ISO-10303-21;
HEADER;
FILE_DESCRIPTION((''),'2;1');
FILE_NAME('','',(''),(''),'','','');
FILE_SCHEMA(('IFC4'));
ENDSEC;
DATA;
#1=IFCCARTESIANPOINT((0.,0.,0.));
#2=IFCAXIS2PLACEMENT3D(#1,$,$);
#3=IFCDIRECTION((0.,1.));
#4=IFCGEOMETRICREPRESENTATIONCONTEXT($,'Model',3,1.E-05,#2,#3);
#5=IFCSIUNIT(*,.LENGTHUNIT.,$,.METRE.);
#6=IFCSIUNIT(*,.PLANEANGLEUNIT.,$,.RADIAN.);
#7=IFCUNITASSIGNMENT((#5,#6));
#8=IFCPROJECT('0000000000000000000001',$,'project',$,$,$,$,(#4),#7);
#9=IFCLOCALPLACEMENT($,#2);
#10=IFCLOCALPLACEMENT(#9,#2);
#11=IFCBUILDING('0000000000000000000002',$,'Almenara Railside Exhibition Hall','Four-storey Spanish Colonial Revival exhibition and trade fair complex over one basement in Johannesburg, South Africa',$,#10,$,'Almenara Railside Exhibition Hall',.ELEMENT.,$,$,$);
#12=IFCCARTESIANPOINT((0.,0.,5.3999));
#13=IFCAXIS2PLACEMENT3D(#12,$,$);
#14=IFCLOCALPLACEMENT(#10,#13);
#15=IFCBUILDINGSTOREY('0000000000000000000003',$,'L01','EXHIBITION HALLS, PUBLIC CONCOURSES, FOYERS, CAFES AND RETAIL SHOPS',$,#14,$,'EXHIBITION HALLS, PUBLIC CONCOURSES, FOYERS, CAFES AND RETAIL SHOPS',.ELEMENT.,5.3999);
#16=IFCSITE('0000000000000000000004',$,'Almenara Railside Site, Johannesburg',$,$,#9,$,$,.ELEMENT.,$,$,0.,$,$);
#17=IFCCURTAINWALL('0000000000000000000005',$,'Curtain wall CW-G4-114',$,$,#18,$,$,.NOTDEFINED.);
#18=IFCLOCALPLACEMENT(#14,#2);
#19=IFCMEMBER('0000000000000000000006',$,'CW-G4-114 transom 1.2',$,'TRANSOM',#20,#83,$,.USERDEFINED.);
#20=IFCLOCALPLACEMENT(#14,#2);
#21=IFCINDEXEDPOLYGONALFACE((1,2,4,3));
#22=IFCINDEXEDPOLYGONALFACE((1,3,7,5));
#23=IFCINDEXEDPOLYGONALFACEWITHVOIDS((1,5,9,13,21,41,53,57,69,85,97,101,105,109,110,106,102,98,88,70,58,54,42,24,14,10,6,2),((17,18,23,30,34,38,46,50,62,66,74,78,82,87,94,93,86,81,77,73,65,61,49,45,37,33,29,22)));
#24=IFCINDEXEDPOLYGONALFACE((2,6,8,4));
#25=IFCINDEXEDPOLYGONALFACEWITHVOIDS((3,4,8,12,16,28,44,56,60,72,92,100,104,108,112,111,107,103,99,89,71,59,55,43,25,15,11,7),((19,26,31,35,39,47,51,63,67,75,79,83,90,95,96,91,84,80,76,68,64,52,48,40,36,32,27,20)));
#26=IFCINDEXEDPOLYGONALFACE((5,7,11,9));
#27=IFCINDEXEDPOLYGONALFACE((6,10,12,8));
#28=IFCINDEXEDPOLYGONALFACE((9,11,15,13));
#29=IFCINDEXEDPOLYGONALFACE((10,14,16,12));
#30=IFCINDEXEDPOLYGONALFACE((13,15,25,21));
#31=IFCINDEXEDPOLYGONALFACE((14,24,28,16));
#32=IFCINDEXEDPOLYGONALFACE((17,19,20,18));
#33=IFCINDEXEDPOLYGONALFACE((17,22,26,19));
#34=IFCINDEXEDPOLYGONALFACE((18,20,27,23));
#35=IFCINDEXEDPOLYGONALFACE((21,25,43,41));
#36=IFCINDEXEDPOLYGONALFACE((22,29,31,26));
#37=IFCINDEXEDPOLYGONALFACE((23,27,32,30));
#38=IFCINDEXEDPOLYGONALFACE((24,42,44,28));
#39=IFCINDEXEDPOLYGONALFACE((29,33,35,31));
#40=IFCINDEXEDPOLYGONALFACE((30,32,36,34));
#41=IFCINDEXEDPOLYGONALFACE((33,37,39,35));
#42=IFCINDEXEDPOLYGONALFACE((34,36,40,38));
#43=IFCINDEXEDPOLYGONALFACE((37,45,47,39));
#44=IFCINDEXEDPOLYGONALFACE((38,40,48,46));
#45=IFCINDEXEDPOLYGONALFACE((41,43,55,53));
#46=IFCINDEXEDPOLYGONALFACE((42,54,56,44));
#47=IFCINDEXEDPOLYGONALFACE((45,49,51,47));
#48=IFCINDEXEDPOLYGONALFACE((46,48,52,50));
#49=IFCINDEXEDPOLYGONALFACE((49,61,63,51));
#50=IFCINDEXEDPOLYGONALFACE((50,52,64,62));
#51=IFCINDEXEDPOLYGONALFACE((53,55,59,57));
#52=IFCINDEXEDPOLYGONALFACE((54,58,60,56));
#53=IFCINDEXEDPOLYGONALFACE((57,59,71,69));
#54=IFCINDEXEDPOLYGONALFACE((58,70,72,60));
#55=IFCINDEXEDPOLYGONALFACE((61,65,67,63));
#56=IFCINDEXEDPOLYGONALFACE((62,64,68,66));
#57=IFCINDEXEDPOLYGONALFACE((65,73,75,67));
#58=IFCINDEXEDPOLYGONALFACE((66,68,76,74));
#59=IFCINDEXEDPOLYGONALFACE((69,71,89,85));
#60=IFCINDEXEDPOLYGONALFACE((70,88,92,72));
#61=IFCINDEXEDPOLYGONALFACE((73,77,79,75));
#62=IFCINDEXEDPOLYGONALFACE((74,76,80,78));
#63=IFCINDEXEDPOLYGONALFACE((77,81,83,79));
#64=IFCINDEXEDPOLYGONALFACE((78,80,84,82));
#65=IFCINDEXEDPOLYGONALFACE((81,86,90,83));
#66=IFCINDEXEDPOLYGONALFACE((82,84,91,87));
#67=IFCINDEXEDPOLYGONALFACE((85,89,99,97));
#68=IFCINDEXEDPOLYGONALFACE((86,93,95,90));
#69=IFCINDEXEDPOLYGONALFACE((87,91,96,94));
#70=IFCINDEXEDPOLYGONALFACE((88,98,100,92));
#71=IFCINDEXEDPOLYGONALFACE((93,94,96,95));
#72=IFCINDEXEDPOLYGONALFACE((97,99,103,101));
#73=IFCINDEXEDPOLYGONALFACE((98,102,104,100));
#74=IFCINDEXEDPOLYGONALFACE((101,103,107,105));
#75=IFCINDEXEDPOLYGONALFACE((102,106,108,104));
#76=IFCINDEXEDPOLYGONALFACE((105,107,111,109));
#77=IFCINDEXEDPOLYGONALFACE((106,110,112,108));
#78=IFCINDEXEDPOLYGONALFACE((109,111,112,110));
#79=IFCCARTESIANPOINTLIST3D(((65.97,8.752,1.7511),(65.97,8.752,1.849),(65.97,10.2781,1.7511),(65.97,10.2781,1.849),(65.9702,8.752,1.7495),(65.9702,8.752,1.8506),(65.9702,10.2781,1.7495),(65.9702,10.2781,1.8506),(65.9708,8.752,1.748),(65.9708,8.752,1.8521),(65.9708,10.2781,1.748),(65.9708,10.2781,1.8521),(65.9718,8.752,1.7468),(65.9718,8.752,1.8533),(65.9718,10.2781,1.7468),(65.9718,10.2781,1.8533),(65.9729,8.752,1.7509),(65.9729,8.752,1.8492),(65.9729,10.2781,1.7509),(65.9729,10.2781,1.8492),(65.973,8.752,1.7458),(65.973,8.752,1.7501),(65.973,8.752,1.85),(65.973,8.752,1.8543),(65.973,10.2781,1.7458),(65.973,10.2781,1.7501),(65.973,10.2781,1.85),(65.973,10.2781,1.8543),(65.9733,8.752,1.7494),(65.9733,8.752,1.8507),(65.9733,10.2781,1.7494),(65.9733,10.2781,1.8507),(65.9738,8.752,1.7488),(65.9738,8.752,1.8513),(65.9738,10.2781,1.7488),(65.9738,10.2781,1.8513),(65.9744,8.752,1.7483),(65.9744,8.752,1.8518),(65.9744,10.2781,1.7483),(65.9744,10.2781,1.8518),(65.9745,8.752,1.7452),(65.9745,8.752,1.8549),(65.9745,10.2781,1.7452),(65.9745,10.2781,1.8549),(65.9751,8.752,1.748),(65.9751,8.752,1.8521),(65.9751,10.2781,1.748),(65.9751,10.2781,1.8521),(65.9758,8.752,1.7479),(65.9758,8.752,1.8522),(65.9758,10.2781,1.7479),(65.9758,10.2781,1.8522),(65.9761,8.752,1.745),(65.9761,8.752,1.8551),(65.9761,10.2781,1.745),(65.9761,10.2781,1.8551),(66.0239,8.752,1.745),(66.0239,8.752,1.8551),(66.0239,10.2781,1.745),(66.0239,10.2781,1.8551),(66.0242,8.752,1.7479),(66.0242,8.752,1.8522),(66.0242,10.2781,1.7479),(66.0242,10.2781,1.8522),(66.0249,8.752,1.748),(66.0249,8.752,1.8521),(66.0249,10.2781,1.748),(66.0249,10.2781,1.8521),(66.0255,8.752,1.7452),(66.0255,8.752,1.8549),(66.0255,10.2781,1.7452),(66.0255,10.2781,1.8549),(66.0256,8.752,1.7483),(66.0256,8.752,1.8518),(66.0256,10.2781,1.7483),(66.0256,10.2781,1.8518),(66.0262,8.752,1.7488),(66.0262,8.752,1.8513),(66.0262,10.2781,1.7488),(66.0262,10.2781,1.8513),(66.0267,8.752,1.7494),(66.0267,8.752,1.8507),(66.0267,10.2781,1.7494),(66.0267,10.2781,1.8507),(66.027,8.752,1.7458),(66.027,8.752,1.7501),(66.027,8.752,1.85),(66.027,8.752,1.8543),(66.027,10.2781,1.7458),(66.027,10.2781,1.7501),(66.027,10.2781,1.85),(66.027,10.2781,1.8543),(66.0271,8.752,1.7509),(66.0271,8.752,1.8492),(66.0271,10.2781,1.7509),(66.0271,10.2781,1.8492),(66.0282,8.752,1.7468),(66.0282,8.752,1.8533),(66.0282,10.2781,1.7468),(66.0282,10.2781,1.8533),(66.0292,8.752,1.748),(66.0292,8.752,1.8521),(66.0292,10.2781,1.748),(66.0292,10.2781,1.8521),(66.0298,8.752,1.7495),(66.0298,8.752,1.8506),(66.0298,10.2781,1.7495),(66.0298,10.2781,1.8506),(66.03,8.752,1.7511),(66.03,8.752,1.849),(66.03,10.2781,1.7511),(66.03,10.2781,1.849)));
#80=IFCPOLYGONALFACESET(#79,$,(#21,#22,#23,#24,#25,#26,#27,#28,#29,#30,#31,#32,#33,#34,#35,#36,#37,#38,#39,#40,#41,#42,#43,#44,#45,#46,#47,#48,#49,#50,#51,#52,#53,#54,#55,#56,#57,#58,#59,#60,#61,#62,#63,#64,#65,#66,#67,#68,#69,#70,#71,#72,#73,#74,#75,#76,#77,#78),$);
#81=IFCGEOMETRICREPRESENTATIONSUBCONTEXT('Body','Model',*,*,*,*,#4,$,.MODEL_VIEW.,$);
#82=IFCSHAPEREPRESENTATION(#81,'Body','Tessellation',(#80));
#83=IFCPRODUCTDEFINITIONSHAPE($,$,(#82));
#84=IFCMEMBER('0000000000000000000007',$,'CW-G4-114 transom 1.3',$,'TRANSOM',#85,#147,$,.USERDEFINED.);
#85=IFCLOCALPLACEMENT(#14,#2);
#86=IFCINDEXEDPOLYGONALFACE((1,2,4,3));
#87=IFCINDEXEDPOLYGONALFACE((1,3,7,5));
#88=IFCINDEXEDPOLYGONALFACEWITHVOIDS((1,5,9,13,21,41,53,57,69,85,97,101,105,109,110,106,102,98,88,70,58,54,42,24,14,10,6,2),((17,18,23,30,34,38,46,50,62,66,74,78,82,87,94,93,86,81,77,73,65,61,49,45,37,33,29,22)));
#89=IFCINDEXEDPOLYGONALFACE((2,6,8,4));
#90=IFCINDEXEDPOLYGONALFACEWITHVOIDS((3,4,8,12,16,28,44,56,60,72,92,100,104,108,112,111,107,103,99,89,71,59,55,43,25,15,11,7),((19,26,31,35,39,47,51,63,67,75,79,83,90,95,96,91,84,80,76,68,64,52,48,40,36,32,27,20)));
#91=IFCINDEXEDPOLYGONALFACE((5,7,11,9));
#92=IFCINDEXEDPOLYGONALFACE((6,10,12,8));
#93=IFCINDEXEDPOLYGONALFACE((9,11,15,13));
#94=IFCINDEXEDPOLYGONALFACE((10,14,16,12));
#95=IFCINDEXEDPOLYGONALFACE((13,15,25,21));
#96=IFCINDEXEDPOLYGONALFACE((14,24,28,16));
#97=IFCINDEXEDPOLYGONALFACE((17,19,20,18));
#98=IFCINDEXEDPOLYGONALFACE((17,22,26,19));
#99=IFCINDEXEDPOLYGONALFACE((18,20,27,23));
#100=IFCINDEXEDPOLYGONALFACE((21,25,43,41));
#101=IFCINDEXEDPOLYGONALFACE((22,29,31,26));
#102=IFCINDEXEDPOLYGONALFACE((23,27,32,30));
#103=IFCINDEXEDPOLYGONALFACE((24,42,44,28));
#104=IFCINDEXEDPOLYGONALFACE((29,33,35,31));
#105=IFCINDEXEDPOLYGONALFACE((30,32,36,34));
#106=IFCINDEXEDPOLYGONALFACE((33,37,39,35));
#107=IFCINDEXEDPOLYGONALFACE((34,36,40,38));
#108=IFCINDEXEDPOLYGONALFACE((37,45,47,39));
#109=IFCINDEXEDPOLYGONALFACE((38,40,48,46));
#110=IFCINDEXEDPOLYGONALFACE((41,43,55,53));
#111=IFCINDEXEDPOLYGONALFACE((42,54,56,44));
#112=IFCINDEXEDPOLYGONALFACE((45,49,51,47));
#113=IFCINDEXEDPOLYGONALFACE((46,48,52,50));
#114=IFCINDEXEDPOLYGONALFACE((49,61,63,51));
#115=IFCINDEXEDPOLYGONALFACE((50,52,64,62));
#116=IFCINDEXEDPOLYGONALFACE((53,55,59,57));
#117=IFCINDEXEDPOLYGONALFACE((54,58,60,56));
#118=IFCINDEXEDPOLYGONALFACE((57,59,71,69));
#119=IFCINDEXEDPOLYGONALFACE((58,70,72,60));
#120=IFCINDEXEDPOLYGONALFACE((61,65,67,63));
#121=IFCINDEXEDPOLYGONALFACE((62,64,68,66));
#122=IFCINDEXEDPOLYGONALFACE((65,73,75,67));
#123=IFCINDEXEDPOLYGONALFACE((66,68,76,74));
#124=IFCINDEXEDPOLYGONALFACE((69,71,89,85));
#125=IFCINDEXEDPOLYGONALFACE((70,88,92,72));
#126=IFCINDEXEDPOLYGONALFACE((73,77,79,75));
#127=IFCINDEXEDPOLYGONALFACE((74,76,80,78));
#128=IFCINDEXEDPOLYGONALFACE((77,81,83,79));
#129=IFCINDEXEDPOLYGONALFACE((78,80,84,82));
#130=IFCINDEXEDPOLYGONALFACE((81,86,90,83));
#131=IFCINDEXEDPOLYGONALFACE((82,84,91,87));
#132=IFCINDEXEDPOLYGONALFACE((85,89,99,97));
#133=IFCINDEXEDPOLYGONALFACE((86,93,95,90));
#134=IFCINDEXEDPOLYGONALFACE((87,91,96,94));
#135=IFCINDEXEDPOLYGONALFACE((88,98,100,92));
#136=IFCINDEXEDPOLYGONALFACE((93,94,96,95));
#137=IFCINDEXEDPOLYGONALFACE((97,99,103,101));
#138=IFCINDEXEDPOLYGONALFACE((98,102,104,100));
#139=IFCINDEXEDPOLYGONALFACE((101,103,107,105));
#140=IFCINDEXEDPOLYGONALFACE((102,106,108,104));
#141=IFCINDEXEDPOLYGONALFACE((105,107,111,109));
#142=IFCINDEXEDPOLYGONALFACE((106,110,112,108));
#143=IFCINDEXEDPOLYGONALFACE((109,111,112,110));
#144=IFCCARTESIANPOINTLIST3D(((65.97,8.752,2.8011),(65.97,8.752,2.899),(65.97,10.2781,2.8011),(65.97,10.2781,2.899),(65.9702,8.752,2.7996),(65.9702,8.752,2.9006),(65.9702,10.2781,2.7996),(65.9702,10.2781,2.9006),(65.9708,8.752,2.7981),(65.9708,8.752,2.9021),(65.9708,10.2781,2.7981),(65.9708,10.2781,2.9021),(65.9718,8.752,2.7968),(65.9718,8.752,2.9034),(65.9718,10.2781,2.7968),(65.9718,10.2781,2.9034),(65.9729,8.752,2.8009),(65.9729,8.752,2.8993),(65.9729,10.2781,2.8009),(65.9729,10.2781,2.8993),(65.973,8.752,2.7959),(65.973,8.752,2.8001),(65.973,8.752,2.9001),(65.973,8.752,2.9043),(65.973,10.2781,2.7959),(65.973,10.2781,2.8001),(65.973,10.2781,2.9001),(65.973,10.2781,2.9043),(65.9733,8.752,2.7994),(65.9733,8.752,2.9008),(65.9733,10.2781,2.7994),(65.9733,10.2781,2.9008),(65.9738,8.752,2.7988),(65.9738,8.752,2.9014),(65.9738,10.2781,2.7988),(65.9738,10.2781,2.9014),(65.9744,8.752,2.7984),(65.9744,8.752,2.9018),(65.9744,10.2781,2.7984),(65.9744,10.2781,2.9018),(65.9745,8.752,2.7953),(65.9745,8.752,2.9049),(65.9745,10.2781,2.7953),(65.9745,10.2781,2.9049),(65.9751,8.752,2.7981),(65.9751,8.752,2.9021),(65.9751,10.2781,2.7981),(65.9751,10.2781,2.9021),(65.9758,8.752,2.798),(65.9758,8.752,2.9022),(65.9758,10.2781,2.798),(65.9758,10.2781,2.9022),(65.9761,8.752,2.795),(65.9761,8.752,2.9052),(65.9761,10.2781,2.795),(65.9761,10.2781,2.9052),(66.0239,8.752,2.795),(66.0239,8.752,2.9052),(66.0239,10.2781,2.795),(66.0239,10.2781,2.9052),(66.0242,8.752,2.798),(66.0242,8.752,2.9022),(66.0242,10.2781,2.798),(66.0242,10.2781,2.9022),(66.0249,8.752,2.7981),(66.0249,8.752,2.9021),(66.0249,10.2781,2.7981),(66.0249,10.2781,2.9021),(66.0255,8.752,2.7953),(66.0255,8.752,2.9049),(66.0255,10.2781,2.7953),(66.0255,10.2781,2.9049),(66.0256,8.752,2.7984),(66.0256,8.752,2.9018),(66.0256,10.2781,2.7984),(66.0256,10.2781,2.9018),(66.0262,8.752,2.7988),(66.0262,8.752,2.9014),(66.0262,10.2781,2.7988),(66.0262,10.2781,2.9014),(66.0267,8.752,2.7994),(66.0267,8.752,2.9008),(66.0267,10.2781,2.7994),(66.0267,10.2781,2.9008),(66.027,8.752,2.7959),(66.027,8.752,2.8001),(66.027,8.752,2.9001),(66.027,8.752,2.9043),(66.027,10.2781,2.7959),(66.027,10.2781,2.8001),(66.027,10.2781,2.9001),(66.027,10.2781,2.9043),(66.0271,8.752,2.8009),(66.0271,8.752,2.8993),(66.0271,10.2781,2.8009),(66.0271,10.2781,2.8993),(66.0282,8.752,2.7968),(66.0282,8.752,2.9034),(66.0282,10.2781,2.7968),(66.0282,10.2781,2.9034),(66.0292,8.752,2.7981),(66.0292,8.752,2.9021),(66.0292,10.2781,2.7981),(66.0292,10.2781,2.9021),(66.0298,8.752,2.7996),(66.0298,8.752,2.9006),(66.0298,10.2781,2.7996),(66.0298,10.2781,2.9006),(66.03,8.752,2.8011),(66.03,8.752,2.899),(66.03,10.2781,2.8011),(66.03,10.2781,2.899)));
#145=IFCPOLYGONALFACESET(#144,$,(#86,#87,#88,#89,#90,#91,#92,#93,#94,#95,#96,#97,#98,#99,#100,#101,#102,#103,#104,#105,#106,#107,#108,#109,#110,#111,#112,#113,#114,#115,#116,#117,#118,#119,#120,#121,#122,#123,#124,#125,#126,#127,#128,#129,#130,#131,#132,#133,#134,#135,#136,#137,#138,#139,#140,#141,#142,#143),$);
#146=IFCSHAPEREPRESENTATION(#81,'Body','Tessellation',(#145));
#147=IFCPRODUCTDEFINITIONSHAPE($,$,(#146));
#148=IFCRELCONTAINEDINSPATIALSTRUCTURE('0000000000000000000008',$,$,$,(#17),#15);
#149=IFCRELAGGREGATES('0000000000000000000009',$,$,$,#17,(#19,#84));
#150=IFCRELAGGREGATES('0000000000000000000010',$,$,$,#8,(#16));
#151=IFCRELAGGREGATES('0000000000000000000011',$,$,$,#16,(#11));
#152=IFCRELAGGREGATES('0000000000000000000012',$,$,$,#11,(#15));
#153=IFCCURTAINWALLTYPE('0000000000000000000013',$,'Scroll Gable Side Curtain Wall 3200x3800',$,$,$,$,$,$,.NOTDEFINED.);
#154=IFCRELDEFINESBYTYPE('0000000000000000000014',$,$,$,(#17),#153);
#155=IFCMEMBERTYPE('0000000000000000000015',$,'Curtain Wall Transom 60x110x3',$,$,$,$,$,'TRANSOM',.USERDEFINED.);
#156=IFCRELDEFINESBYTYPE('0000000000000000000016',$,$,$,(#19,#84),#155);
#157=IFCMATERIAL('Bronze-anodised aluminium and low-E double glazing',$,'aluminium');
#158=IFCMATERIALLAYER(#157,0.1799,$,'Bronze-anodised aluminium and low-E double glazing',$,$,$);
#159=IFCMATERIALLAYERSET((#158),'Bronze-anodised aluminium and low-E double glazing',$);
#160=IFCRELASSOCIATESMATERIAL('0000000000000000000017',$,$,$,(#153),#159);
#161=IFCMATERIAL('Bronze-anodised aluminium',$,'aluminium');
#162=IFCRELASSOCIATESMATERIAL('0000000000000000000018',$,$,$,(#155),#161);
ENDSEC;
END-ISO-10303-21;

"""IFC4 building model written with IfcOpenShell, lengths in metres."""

from ifc_helpers import new_model, si_unit, direction, frame, origin, origin_2d, place, context, subcontext, project, spatial, hollow_rectangle, extrude, material, layer, layer_set, material_profile, profile_set, type_object, element, aggregate, save


model = new_model("IFC4")

# Units and contexts
model_context = context("Model", 3, precision=1e-05, world=origin(), true_north=direction((0.0, 1.0)))
body_context = subcontext(model_context, "Body", "Model", "MODEL_VIEW")
ifc_project = project(units=[si_unit("LENGTHUNIT", "METRE"), si_unit("PLANEANGLEUNIT", "RADIAN")], contexts=[model_context])

# Site, building, storey
site_placement = place(None, origin())
site = spatial("IfcSite", under=ifc_project, at=site_placement, Name="Almenara Railside Site, Johannesburg", CompositionType="ELEMENT", RefElevation=0.0)
building_placement = place(site_placement, origin())
building = spatial("IfcBuilding", under=site, at=building_placement, Name="Almenara Railside Exhibition Hall", Description="Four-storey Spanish Colonial Revival exhibition and trade fair complex over one basement in Johannesburg, South Africa", LongName="Almenara Railside Exhibition Hall", CompositionType="ELEMENT")
storey_placement = place(building_placement, frame((0.0, 0.0, 5.3999)))
storey = spatial("IfcBuildingStorey", under=building, at=storey_placement, Name="L01", Description="EXHIBITION HALLS, PUBLIC CONCOURSES, FOYERS, CAFES AND RETAIL SHOPS", LongName="EXHIBITION HALLS, PUBLIC CONCOURSES, FOYERS, CAFES AND RETAIL SHOPS", CompositionType="ELEMENT", Elevation=5.3999)

# Curtain wall
ifc_material_1 = material(Name="Bronze-anodised aluminium and low-E double glazing", Category="aluminium")
ifc_layer_1 = layer(ifc_material_1, 0.1799, Name="Bronze-anodised aluminium and low-E double glazing")
ifc_layer_set_1 = layer_set([ifc_layer_1], Name="Bronze-anodised aluminium and low-E double glazing")
curtain_wall_type = type_object("IfcCurtainWallType", Name="Scroll Gable Side Curtain Wall 3200x3800", PredefinedType="NOTDEFINED", material=ifc_layer_set_1)
curtain_wall_1_placement = place(storey_placement, origin())
curtain_wall_1 = element("IfcCurtainWall", 1, at=curtain_wall_1_placement, inside=storey, type_object=curtain_wall_type, Name="Curtain wall CW-G4-114", PredefinedType="NOTDEFINED")
ifc_material_2 = material(Name="Bronze-anodised aluminium", Category="aluminium")

# Members
ifc_material_profile_1 = material_profile(ifc_material_2, hollow_rectangle(XDim=0.0601, YDim=0.1101, WallThickness=0.0029, InnerFilletRadius=0.0029, OuterFilletRadius=0.0061, at=origin_2d()), Name="ALU-TRN 60x110x3")
ifc_profile_set_1 = profile_set([ifc_material_profile_1], Name="Bronze-anodised aluminium")
member_type_1 = type_object("IfcMemberType", Name="Curtain Wall Transom 60x110x3", ElementType="TRANSOM", PredefinedType="USERDEFINED", material=ifc_profile_set_1)
member_1_placement = place(storey_placement, frame((66.0, 8.752, 1.8), z_axis=(0.0, 1.0, 0.0), x_axis=(-1.0, 0.0, 0.0)))
member_1 = element("IfcMember", 2, at=member_1_placement, type_object=member_type_1, Name="CW-G4-114 transom 1.2", ObjectType="TRANSOM", PredefinedType="USERDEFINED", context=body_context, shape_type="SweptSolid", body=[
    extrude(hollow_rectangle(XDim=0.0601, YDim=0.1101, WallThickness=0.0029, InnerFilletRadius=0.0029, OuterFilletRadius=0.0061, at=origin_2d()), origin(), (0.0, 0.0, 1.0), 1.5261),
])
member_2_placement = place(storey_placement, frame((66.0, 8.752, 2.8501), z_axis=(0.0, 1.0, 0.0), x_axis=(-1.0, 0.0, 0.0)))
member_2 = element("IfcMember", 3, at=member_2_placement, type_object=member_type_1, Name="CW-G4-114 transom 1.3", ObjectType="TRANSOM", PredefinedType="USERDEFINED", context=body_context, shape_type="SweptSolid", body=[
    extrude(hollow_rectangle(XDim=0.0601, YDim=0.1101, WallThickness=0.0029, InnerFilletRadius=0.0029, OuterFilletRadius=0.0061, at=origin_2d()), origin(), (0.0, 0.0, 1.0), 1.5261),
])

aggregate(curtain_wall_1, [member_1, member_2])

save(model, "model.ifc")
